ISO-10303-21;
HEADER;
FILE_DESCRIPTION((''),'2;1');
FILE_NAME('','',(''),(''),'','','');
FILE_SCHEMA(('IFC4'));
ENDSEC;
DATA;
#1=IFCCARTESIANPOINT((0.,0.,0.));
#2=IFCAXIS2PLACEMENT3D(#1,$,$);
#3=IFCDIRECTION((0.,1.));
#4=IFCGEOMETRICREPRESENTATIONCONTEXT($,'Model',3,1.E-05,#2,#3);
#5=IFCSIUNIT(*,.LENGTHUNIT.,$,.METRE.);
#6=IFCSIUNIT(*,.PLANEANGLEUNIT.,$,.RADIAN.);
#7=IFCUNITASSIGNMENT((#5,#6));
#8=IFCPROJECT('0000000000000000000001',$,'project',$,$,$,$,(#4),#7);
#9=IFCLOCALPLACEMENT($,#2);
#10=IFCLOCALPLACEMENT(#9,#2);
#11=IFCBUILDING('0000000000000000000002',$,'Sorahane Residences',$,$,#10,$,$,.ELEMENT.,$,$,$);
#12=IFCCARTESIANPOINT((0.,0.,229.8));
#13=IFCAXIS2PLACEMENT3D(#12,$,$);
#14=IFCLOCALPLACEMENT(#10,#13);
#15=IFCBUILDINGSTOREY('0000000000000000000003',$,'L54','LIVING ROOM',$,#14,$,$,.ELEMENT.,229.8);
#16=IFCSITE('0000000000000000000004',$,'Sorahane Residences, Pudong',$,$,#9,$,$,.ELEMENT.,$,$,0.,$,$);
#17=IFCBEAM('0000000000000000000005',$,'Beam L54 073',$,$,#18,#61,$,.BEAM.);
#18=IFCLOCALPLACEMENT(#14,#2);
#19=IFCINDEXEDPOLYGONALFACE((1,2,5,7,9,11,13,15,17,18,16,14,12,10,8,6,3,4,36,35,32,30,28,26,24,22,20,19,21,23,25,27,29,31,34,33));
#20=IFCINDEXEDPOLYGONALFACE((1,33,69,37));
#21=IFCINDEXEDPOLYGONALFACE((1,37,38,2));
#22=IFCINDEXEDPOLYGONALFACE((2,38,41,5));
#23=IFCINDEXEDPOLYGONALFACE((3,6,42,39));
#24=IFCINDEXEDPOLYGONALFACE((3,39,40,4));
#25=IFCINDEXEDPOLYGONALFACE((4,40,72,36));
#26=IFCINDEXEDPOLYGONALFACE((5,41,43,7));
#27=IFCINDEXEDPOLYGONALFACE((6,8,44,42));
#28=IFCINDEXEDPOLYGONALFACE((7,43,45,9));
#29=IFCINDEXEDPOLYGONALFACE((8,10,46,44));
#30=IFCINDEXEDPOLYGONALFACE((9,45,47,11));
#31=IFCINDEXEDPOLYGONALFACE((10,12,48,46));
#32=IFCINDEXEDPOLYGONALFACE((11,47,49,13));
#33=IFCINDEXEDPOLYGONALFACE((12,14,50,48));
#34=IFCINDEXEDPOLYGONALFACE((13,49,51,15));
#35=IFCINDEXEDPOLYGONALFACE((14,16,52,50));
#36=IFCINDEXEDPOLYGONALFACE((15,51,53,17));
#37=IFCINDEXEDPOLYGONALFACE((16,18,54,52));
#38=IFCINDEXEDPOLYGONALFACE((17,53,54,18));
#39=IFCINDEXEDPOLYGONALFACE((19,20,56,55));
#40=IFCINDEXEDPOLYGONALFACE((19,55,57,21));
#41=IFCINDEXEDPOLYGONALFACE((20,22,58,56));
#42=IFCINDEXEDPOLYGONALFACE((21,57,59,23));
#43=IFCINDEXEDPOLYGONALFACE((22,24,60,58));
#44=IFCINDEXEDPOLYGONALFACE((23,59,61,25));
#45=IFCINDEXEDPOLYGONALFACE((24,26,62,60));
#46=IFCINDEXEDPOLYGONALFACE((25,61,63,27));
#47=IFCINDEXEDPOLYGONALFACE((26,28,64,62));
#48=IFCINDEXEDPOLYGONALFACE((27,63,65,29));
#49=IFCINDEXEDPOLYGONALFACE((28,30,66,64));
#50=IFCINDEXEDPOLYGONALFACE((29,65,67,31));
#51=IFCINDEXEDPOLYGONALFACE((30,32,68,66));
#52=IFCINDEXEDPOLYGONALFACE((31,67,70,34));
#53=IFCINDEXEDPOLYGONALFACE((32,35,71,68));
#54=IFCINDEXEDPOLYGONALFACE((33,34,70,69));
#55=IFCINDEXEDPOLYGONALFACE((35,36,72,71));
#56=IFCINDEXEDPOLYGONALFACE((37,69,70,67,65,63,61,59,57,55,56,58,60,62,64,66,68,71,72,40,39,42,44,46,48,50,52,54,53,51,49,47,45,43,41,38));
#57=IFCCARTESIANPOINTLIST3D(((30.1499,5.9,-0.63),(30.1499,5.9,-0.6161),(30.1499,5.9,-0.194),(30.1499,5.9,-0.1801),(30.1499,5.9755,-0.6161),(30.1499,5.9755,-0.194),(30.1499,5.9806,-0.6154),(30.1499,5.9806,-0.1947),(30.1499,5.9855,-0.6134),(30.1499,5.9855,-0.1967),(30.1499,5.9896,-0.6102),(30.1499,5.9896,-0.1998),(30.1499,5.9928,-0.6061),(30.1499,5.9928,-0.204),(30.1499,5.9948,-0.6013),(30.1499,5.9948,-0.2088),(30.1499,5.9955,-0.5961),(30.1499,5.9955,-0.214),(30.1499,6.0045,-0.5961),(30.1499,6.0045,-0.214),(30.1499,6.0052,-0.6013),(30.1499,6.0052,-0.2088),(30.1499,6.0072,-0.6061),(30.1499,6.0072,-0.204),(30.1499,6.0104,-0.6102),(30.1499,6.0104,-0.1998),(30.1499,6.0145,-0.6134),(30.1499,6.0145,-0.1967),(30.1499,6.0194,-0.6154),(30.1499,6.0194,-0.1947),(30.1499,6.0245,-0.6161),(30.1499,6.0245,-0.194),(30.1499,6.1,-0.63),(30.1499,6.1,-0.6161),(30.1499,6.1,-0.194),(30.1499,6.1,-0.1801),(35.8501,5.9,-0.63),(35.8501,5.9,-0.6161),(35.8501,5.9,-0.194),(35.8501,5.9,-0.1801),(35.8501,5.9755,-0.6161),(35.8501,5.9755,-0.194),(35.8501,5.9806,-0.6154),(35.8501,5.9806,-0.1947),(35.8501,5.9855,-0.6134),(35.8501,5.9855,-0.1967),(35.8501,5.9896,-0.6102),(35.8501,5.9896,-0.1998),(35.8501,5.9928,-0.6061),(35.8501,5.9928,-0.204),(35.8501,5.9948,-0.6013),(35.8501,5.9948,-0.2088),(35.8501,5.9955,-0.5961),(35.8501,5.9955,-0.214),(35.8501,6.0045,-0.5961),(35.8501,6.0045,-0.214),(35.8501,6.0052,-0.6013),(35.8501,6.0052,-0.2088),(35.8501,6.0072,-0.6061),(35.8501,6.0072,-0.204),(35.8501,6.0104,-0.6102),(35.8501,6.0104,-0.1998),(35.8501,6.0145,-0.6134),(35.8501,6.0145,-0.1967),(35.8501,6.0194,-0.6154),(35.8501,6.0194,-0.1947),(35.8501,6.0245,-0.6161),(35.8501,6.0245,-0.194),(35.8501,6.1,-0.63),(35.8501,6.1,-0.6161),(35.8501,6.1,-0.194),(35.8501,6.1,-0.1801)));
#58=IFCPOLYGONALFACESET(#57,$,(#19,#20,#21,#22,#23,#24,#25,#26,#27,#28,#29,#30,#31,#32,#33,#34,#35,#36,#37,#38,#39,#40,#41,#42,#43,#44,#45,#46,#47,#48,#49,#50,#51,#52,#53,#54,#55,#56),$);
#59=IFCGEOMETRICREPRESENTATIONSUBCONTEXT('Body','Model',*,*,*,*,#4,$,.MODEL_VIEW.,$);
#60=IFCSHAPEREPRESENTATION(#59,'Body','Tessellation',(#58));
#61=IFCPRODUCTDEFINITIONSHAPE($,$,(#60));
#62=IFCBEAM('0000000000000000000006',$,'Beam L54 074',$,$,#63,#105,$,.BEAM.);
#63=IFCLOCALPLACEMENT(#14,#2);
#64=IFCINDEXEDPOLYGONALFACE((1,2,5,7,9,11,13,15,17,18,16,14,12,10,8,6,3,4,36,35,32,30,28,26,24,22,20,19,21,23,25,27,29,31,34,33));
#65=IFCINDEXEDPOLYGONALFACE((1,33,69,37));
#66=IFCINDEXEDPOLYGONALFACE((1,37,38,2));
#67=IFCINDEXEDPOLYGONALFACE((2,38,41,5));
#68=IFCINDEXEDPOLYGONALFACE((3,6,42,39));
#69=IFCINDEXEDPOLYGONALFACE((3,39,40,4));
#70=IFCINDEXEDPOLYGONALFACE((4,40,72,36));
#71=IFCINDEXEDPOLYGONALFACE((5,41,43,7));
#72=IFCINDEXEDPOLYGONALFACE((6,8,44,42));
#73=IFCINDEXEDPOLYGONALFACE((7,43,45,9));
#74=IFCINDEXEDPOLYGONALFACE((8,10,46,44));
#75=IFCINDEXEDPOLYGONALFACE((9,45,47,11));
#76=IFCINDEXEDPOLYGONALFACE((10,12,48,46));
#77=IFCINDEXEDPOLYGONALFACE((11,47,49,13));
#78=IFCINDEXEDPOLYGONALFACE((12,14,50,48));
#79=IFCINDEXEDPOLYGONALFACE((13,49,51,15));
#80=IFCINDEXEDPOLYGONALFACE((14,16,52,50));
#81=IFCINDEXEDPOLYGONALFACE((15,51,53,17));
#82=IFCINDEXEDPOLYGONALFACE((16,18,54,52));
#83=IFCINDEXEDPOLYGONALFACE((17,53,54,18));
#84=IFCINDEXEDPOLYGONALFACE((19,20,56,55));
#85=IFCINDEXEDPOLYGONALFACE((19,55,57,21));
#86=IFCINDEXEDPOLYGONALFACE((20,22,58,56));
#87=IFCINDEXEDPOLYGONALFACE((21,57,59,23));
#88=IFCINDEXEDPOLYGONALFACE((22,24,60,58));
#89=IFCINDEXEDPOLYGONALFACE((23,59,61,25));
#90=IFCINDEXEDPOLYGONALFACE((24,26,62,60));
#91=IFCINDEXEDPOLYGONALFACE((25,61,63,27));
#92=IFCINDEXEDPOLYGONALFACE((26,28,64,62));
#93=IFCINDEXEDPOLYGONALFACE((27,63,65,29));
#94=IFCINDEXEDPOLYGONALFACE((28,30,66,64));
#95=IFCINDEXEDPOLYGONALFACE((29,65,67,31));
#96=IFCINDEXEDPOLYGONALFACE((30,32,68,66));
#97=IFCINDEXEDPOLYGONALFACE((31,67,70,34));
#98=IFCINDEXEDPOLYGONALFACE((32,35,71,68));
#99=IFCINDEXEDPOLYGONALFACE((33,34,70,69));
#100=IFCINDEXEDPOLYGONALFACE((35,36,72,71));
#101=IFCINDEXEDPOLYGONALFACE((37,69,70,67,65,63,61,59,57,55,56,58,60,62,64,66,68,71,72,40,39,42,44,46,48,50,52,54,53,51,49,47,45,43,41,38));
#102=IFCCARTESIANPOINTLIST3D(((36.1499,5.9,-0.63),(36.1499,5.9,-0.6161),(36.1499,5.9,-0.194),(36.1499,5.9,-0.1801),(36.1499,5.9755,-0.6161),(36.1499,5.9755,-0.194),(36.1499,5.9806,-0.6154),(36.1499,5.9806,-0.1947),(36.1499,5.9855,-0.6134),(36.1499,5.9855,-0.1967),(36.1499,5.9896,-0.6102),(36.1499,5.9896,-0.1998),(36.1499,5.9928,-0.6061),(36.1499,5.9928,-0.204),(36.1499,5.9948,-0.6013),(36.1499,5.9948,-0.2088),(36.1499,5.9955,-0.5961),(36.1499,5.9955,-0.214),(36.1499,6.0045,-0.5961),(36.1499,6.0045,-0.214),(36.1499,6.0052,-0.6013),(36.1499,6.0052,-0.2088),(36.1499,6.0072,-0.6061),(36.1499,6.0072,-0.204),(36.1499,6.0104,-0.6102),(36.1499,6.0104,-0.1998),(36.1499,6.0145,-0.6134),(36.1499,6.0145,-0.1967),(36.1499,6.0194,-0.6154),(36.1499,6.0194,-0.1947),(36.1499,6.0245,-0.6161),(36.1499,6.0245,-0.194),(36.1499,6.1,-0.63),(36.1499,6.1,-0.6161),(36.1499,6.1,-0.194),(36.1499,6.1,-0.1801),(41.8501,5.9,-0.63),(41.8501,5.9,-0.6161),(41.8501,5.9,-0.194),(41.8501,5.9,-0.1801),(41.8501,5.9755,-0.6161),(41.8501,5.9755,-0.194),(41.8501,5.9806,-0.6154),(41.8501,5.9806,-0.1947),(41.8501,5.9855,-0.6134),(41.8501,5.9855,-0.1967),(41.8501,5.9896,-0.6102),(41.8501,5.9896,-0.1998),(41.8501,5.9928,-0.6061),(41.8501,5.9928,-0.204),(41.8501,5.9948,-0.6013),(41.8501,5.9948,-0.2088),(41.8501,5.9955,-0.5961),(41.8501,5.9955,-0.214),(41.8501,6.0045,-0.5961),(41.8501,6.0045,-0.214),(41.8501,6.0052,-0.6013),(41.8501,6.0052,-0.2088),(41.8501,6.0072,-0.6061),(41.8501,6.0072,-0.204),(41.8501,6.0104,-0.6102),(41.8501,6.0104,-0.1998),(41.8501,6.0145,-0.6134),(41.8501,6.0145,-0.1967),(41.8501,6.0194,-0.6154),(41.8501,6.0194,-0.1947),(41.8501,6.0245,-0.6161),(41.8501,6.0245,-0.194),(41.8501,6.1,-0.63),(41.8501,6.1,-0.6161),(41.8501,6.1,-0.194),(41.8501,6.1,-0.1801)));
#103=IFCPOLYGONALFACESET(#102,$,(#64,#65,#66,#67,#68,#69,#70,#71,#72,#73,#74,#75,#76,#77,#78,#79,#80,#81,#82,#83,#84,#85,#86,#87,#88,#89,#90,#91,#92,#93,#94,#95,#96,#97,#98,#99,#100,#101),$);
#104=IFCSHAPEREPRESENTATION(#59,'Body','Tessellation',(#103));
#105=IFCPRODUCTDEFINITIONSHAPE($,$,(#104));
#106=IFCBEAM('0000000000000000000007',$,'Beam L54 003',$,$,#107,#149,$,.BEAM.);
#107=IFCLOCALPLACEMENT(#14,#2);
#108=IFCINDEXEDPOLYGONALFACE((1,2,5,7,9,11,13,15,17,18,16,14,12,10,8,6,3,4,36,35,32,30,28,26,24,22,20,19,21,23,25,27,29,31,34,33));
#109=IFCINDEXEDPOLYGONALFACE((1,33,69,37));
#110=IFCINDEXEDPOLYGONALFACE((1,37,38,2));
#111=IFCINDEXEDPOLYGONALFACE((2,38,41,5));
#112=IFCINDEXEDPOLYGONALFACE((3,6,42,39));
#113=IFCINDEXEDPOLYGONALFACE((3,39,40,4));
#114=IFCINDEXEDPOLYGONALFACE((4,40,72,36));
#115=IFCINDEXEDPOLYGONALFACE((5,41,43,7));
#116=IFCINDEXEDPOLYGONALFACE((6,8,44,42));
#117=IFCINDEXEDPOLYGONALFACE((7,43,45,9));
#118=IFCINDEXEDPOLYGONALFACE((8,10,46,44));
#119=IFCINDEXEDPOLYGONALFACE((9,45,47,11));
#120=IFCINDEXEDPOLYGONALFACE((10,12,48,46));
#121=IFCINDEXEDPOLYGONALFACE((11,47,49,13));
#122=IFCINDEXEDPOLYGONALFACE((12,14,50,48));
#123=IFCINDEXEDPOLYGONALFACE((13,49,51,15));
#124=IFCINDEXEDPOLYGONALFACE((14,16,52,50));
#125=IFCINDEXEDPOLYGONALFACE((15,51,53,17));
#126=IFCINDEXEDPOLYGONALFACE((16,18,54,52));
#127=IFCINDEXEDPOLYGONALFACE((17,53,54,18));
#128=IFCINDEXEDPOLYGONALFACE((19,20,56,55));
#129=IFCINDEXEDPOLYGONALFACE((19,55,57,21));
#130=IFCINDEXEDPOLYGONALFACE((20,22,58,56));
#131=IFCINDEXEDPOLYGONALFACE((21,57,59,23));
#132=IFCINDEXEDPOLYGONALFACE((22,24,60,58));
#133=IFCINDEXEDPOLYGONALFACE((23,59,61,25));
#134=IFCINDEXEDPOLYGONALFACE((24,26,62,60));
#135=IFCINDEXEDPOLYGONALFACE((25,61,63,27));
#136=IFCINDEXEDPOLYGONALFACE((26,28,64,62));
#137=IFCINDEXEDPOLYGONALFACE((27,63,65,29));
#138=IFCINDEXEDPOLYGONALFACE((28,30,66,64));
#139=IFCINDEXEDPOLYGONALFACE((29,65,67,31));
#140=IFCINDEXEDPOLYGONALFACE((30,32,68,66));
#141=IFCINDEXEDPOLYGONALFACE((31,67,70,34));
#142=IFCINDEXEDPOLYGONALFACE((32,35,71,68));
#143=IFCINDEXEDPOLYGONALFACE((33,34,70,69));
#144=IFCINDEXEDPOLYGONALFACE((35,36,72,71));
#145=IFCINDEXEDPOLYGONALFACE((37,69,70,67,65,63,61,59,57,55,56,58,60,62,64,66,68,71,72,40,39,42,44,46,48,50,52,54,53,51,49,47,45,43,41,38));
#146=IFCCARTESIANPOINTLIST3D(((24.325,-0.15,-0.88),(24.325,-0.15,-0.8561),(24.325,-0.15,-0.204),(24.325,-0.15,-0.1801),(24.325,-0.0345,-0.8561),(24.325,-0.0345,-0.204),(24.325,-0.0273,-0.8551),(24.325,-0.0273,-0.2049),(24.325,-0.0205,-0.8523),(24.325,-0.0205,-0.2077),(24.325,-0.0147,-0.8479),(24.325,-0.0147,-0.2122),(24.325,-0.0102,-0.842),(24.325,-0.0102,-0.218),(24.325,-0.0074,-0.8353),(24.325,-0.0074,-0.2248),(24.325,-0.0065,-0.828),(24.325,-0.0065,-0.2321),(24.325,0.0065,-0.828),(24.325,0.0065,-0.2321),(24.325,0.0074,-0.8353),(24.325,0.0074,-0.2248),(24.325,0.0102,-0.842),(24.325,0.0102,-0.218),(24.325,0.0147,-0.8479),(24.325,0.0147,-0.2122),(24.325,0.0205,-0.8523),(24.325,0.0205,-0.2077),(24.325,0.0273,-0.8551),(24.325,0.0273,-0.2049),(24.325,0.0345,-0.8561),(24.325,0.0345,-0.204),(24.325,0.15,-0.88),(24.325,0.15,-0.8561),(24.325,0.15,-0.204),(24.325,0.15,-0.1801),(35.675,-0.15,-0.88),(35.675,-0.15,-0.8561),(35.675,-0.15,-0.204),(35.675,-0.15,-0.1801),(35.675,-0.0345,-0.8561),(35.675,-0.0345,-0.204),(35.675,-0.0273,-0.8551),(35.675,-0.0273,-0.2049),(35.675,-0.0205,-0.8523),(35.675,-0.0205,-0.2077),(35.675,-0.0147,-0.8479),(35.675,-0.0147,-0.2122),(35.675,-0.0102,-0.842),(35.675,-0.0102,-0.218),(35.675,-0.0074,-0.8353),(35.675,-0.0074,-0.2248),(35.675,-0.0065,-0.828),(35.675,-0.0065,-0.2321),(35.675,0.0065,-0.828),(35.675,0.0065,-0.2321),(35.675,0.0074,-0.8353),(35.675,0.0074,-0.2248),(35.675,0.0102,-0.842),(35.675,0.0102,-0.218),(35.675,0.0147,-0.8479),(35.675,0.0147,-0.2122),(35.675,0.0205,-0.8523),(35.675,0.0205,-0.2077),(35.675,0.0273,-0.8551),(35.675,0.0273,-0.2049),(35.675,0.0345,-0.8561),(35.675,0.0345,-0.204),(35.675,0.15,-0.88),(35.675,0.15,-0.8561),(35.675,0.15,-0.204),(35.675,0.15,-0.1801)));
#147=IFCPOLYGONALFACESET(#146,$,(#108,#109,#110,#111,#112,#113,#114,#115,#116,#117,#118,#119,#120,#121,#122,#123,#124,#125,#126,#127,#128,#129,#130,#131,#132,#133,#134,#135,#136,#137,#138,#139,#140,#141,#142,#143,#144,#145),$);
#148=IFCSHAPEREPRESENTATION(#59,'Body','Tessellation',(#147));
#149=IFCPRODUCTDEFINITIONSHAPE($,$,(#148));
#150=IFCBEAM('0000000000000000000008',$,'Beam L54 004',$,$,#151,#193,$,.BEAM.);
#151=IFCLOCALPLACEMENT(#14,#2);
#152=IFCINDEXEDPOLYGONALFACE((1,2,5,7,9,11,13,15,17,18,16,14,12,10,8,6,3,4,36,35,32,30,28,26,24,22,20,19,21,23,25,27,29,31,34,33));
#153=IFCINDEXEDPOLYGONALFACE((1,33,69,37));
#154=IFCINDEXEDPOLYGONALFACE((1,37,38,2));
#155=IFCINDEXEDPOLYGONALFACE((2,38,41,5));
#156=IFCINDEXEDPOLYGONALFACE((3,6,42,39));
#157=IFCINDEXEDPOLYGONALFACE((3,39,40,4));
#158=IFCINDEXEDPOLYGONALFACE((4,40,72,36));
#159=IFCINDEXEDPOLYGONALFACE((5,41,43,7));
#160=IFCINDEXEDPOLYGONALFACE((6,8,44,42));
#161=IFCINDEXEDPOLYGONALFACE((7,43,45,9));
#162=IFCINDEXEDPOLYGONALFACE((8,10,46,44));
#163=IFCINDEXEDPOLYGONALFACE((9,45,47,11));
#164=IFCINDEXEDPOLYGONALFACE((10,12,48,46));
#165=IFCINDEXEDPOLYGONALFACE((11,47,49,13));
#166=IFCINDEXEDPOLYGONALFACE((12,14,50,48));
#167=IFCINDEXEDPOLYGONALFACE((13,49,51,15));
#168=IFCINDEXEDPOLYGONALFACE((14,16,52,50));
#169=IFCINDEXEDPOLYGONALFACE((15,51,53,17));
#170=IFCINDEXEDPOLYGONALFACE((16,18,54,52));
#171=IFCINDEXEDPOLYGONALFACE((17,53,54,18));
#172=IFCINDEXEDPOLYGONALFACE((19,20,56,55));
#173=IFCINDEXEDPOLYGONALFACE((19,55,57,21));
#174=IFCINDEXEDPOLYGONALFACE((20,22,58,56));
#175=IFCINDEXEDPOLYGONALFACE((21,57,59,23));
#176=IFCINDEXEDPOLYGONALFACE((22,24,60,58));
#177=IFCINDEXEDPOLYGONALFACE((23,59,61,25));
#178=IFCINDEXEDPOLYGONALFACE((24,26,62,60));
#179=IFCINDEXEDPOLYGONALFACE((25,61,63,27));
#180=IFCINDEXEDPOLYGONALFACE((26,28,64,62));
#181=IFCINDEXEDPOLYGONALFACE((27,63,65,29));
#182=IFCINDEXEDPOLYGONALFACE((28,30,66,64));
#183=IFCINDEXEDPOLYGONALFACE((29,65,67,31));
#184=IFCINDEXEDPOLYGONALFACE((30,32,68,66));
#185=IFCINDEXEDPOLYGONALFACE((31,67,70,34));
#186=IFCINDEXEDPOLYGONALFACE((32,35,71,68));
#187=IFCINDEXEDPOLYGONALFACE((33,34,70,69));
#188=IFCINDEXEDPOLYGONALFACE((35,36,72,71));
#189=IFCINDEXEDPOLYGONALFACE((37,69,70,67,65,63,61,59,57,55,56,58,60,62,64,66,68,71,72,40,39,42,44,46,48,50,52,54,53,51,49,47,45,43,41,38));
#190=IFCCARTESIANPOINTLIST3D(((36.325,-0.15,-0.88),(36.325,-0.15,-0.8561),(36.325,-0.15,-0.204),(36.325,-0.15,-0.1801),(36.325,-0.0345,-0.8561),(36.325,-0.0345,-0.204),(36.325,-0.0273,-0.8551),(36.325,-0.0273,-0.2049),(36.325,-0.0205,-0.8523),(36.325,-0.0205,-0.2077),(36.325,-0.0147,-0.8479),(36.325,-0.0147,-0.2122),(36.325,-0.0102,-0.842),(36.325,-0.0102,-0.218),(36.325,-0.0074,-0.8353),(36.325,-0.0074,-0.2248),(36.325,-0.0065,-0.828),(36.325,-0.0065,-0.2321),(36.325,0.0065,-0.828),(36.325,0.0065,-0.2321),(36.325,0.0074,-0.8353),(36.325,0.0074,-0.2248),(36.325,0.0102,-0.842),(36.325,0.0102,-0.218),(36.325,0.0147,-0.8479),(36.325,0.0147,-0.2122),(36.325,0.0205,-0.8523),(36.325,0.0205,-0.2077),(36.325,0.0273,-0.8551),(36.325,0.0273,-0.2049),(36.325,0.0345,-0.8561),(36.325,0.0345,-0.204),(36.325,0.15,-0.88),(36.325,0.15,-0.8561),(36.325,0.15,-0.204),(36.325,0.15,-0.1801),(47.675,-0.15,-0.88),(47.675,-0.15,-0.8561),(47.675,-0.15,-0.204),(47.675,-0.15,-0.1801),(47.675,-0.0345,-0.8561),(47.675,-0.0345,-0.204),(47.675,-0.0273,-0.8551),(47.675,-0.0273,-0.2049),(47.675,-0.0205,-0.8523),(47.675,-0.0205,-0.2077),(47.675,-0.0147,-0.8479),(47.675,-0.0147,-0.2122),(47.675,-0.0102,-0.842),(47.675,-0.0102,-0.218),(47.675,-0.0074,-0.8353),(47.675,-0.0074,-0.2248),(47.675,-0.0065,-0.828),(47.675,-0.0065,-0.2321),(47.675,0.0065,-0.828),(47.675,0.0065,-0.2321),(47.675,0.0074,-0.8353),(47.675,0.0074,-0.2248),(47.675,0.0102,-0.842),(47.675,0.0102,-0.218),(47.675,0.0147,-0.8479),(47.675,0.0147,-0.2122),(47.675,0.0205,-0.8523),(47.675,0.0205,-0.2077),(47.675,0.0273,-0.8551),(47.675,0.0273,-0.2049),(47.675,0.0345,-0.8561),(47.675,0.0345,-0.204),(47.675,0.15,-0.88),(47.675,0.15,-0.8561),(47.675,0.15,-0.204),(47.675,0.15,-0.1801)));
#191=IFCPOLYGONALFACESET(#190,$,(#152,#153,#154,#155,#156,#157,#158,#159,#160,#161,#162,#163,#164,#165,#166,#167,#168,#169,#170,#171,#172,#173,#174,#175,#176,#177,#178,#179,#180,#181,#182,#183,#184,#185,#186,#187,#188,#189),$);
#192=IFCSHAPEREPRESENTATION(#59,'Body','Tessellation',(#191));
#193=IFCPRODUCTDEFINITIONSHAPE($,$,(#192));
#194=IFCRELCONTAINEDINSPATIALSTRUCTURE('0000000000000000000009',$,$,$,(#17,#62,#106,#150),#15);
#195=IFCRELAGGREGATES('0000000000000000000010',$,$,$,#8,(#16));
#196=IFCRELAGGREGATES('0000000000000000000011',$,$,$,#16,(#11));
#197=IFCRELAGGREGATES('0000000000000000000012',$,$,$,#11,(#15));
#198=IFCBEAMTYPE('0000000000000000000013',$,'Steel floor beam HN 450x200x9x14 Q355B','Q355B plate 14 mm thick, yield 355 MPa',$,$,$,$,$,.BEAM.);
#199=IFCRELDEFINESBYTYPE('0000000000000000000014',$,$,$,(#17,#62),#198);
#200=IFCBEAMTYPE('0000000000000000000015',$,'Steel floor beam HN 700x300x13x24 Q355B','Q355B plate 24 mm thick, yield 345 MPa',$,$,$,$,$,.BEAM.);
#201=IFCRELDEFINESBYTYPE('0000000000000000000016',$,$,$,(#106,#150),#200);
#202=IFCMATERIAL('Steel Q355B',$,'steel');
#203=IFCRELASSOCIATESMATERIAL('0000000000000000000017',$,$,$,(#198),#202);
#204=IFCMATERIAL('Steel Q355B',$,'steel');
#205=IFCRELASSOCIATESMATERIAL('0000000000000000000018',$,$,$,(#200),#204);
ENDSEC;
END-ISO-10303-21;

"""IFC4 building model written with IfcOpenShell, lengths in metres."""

from ifc_helpers import new_model, si_unit, direction, frame, origin, origin_2d, place, context, subcontext, project, spatial, i_section, extrude, material, material_profile, profile_set, type_object, element, save


model = new_model("IFC4")

# Units and contexts
model_context = context("Model", 3, precision=1e-05, world=origin(), true_north=direction((0.0, 1.0)))
body_context = subcontext(model_context, "Body", "Model", "MODEL_VIEW")
ifc_project = project(units=[si_unit("LENGTHUNIT", "METRE"), si_unit("PLANEANGLEUNIT", "RADIAN")], contexts=[model_context])

# Site, building, storey
site_placement = place(None, origin())
site = spatial("IfcSite", under=ifc_project, at=site_placement, Name="Sorahane Residences, Pudong", CompositionType="ELEMENT", RefElevation=0.0)
building_placement = place(site_placement, origin())
building = spatial("IfcBuilding", under=site, at=building_placement, Name="Sorahane Residences", CompositionType="ELEMENT")
storey_placement = place(building_placement, frame((0.0, 0.0, 229.8)))
storey = spatial("IfcBuildingStorey", under=building, at=storey_placement, Name="L54", Description="LIVING ROOM", CompositionType="ELEMENT", Elevation=229.8)

# Beams
ifc_material_1 = material(Name="Steel Q355B", Category="steel")
ifc_material_profile_1 = material_profile(ifc_material_1, i_section(OverallWidth=0.2, OverallDepth=0.45, WebThickness=0.009, FlangeThickness=0.0139, FilletRadius=0.02, at=origin_2d()), Name="HN 450x200x9x14")
ifc_profile_set_1 = profile_set([ifc_material_profile_1], Name="Steel Q355B")
beam_type_1 = type_object("IfcBeamType", Name="Steel floor beam HN 450x200x9x14 Q355B", Description="Q355B plate 14 mm thick, yield 355 MPa", PredefinedType="BEAM", material=ifc_profile_set_1)
for number, where, z_axis, x_axis, name in (
    (1, (30.1499, 6.0, -0.405), (1.0, 0.0, 0.0), (0.0, 1.0, 0.0), "Beam L54 073"),
    (2, (36.1499, 6.0, -0.405), (1.0, 0.0, 0.0), (0.0, 1.0, 0.0), "Beam L54 074"),
):
    element("IfcBeam", number, at=place(storey_placement, frame(where, z_axis=z_axis, x_axis=x_axis)), inside=storey, type_object=beam_type_1, Name=name, PredefinedType="BEAM", context=body_context, shape_type="SweptSolid", body=[
        extrude(i_section(OverallWidth=0.2, OverallDepth=0.45, WebThickness=0.009, FlangeThickness=0.0139, FilletRadius=0.02, at=origin_2d()), origin(), (0.0, 0.0, 1.0), 5.7002),
    ])
ifc_material_2 = material(Name="Steel Q355B", Category="steel")
ifc_material_profile_2 = material_profile(ifc_material_2, i_section(OverallWidth=0.3, OverallDepth=0.7, WebThickness=0.0129, FlangeThickness=0.0239, FilletRadius=0.0281, at=origin_2d()), Name="HN 700x300x13x24")
ifc_profile_set_2 = profile_set([ifc_material_profile_2], Name="Steel Q355B")
beam_type_2 = type_object("IfcBeamType", Name="Steel floor beam HN 700x300x13x24 Q355B", Description="Q355B plate 24 mm thick, yield 345 MPa", PredefinedType="BEAM", material=ifc_profile_set_2)
for number, where, z_axis, x_axis, name in (
    (3, (24.325, 0.0, -0.53), (1.0, 0.0, 0.0), (0.0, 1.0, 0.0), "Beam L54 003"),
    (4, (36.325, 0.0, -0.53), (1.0, 0.0, 0.0), (0.0, 1.0, 0.0), "Beam L54 004"),
):
    element("IfcBeam", number, at=place(storey_placement, frame(where, z_axis=z_axis, x_axis=x_axis)), inside=storey, type_object=beam_type_2, Name=name, PredefinedType="BEAM", context=body_context, shape_type="SweptSolid", body=[
        extrude(i_section(OverallWidth=0.3, OverallDepth=0.7, WebThickness=0.0129, FlangeThickness=0.0239, FilletRadius=0.0281, at=origin_2d()), origin(), (0.0, 0.0, 1.0), 11.3501),
    ])

save(model, "model.ifc")
